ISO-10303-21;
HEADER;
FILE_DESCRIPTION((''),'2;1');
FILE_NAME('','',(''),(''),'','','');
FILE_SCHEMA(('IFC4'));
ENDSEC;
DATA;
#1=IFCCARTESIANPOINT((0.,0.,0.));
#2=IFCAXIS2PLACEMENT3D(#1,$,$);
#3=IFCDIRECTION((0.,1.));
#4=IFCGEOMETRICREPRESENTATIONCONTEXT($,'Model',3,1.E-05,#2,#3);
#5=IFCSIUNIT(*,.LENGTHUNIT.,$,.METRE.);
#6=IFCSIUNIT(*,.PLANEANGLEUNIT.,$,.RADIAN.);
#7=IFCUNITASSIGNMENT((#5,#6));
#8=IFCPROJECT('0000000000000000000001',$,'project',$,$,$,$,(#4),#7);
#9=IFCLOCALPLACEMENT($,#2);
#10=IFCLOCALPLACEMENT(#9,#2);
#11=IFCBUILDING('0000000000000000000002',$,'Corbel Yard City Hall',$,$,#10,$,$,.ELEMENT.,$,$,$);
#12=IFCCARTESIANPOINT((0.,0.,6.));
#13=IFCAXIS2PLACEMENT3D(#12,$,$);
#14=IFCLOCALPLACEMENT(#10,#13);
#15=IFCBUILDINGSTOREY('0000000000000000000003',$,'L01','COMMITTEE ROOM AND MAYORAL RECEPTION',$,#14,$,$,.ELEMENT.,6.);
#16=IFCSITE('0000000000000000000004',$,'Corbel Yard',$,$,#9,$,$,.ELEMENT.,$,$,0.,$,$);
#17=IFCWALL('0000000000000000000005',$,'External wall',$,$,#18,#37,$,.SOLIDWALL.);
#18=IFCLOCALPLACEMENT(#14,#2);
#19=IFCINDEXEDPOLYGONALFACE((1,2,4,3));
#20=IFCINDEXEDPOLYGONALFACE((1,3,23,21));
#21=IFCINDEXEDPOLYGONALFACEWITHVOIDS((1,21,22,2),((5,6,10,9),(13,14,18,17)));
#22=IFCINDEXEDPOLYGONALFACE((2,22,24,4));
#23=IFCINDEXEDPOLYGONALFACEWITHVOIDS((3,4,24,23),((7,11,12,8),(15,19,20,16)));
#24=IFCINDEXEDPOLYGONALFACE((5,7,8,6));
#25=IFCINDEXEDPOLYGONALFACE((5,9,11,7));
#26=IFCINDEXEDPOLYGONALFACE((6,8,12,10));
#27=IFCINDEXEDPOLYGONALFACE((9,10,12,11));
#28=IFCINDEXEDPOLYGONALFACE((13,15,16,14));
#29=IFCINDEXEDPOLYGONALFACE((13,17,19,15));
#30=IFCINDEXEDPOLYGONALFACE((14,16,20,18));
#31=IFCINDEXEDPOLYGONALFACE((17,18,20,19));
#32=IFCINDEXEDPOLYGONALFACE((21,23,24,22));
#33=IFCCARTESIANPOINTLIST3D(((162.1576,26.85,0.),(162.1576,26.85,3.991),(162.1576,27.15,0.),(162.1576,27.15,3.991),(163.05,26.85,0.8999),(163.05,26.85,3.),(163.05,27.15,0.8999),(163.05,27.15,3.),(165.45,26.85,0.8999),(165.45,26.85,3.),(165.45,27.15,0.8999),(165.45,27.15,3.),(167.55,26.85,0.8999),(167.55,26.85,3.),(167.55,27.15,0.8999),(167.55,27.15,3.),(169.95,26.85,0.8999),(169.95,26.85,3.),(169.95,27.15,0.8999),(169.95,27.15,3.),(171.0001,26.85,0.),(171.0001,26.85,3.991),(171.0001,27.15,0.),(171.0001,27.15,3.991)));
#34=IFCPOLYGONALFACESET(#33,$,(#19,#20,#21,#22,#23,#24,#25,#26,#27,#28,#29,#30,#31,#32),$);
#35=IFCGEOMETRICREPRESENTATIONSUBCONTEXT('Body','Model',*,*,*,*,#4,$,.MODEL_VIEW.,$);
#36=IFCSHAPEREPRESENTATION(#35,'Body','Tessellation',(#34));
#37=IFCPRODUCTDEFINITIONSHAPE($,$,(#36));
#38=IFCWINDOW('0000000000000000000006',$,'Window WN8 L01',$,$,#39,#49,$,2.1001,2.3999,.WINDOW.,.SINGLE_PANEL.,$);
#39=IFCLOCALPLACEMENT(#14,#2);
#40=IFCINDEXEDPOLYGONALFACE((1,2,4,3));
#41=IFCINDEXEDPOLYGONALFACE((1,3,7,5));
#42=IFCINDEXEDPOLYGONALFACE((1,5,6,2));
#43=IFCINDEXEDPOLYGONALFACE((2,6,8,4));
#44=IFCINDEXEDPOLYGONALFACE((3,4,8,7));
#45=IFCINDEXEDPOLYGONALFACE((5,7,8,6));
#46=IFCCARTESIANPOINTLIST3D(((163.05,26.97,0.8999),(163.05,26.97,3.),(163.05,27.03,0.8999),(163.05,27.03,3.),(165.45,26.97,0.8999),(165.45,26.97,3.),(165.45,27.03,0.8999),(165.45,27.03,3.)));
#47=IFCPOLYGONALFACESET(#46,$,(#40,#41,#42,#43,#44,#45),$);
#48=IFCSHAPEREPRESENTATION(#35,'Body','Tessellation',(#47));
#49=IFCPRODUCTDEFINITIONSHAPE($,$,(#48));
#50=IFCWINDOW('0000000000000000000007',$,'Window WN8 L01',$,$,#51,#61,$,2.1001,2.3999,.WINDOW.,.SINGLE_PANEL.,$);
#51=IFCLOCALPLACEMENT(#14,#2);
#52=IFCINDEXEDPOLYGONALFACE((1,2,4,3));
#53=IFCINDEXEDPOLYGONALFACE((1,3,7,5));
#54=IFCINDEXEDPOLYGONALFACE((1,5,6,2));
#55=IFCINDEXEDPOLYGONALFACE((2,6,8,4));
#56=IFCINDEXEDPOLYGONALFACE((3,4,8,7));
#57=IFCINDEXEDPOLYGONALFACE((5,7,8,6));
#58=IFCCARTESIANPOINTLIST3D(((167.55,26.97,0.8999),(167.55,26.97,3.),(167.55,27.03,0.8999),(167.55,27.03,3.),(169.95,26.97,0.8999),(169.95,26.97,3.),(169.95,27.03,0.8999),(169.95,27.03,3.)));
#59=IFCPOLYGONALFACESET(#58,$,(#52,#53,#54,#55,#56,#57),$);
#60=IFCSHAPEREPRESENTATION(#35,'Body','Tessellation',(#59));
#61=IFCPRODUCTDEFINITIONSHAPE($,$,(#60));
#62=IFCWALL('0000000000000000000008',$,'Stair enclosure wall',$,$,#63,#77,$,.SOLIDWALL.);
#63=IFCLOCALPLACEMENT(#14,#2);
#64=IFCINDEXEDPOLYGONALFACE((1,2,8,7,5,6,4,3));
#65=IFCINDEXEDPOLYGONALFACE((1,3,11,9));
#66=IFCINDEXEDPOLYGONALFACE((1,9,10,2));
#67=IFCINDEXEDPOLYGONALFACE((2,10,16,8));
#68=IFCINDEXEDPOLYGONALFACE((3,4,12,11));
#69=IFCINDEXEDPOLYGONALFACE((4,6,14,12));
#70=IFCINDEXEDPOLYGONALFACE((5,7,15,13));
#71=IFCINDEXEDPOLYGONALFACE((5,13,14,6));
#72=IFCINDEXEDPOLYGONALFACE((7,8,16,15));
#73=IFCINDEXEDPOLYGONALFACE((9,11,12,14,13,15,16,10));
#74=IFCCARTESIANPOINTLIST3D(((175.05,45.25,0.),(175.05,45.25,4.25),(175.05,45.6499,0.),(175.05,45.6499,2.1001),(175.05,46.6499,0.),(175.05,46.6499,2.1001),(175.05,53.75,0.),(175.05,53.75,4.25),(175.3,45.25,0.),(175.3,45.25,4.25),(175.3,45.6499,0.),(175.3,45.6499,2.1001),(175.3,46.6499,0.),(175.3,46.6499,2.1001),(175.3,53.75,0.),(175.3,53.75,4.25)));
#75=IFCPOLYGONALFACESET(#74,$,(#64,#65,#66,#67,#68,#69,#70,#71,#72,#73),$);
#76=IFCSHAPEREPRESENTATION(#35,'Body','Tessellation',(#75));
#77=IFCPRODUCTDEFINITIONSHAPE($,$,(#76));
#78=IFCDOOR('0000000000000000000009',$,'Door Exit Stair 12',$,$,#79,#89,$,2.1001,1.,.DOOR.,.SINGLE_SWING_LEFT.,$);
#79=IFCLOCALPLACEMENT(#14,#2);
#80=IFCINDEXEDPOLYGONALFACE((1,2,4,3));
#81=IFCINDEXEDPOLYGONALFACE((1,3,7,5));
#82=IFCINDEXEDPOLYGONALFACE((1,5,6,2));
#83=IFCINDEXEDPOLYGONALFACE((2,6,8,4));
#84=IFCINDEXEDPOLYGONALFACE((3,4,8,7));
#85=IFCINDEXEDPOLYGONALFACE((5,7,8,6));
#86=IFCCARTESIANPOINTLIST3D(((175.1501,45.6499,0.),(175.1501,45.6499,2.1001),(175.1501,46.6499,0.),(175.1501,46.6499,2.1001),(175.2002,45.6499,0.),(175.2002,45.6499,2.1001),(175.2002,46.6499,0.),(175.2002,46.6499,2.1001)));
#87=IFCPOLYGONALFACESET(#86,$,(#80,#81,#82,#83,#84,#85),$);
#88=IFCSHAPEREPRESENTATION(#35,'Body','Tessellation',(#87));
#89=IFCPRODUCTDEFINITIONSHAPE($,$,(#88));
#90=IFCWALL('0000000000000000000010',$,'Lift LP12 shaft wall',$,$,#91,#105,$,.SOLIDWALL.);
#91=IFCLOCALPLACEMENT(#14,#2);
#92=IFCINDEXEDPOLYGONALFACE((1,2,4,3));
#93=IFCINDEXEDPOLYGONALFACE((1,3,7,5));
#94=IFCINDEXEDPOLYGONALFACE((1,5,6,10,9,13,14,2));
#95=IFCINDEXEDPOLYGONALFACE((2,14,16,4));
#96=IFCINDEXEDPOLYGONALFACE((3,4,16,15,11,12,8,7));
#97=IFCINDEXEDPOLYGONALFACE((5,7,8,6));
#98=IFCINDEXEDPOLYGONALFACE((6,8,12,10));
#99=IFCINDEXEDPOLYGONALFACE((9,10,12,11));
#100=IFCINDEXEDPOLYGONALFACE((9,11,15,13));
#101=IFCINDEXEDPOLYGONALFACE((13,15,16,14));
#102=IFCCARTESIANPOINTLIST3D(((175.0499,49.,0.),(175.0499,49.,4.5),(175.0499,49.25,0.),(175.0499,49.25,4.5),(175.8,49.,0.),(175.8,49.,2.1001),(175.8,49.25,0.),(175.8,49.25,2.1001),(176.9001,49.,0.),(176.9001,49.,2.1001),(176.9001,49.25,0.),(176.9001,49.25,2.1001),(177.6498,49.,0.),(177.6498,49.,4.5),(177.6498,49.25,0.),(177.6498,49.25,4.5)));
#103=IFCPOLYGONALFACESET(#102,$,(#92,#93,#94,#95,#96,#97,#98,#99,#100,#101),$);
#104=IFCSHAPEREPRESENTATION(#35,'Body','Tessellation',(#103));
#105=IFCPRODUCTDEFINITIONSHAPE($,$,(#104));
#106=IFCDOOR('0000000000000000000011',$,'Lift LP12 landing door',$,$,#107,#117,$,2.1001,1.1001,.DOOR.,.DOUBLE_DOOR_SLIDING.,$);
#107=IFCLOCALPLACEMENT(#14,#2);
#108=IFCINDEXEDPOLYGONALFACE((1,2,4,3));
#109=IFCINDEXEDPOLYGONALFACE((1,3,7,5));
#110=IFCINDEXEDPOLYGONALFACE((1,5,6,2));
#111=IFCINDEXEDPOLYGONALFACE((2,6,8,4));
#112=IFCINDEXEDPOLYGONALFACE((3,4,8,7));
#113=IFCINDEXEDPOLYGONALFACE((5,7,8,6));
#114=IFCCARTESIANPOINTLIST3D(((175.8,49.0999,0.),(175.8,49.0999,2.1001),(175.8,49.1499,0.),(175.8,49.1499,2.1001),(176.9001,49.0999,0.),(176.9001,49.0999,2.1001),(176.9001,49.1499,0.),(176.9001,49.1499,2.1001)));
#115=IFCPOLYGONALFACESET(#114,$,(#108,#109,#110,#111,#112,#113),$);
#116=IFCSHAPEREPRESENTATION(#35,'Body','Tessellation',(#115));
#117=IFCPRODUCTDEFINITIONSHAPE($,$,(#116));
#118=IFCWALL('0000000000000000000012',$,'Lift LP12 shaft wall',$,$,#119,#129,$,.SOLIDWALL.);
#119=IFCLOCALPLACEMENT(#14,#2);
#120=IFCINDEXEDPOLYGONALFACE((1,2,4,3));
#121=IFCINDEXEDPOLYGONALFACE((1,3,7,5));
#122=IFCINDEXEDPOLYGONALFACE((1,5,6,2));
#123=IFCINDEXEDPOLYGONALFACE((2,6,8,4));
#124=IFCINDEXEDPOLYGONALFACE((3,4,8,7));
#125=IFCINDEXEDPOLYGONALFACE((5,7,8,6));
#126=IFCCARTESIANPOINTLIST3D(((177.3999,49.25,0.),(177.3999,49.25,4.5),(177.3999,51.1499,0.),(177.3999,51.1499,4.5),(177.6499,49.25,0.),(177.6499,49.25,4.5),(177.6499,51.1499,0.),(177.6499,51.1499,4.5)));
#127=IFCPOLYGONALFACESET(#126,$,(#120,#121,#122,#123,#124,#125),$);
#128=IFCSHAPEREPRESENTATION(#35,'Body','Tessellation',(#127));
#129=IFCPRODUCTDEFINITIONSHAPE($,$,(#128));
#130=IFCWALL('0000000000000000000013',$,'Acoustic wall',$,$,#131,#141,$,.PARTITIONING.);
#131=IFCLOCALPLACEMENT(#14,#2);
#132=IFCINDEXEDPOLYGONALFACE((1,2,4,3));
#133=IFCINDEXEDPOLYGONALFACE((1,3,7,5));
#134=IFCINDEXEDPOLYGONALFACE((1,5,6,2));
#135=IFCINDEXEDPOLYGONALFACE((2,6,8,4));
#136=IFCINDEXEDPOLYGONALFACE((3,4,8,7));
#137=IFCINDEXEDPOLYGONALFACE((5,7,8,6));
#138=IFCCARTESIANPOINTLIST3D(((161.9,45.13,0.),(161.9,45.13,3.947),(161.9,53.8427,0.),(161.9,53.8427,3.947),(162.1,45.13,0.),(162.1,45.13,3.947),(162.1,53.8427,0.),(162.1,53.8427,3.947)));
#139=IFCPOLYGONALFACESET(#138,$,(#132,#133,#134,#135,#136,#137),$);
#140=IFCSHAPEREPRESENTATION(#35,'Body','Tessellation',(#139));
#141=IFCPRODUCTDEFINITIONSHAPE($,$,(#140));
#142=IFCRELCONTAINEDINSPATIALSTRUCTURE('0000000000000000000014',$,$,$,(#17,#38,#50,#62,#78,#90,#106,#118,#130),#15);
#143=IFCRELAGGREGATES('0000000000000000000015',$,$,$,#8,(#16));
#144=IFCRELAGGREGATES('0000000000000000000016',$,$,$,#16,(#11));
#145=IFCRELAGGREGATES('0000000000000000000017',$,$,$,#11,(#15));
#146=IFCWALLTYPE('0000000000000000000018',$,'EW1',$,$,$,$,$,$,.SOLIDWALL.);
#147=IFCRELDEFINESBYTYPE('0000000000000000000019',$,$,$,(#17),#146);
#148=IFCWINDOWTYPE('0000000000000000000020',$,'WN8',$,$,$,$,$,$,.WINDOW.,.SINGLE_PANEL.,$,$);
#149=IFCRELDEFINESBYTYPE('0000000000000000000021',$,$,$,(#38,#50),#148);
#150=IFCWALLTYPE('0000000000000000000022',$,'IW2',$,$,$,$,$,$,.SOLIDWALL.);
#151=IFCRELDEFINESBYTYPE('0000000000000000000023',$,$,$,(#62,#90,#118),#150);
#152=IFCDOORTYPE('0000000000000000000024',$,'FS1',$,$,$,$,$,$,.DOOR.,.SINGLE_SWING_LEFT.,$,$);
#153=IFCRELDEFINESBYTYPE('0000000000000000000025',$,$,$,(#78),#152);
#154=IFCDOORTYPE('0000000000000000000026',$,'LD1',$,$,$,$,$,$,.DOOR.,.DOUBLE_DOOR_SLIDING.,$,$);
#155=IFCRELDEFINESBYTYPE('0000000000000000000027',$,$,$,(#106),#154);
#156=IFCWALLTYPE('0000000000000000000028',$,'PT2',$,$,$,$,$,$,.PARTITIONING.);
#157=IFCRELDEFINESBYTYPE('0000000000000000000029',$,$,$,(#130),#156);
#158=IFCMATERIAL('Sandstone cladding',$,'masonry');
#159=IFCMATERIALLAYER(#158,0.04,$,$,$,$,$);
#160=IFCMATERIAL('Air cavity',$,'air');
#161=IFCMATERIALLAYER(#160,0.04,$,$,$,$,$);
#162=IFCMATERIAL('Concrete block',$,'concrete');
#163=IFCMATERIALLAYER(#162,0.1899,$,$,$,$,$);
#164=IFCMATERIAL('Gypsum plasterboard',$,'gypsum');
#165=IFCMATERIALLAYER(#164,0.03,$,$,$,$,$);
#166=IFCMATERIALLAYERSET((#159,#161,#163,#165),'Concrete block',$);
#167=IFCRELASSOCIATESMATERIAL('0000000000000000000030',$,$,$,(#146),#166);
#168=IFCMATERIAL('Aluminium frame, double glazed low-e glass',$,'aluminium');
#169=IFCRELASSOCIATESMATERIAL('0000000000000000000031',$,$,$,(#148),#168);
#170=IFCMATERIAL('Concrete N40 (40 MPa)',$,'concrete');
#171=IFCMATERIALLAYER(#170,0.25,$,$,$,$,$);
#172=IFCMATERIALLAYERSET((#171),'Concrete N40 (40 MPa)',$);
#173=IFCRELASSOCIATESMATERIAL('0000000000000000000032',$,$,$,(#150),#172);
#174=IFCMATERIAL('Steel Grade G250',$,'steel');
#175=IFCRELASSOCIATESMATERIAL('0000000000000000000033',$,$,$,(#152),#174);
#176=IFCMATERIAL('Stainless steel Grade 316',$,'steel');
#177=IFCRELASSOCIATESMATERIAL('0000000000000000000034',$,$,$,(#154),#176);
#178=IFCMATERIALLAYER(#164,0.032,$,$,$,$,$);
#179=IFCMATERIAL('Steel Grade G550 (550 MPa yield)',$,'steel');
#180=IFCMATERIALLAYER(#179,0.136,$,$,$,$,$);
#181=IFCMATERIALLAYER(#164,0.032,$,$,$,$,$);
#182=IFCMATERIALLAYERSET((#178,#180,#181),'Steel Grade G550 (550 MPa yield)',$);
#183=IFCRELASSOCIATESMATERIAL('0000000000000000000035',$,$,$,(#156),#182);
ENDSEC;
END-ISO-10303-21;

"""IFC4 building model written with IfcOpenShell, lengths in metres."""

from ifc_helpers import new_model, si_unit, direction, frame, frame_2d, origin, place, context, subcontext, project, spatial, rectangle, extrude, material, layer, layer_set, type_object, element, fill, save


model = new_model("IFC4")

# Units and contexts
model_context = context("Model", 3, precision=1e-05, world=origin(), true_north=direction((0.0, 1.0)))
body_context = subcontext(model_context, "Body", "Model", "MODEL_VIEW")
ifc_project = project(units=[si_unit("LENGTHUNIT", "METRE"), si_unit("PLANEANGLEUNIT", "RADIAN")], contexts=[model_context])

# Site, building, storey
site_placement = place(None, origin())
site = spatial("IfcSite", under=ifc_project, at=site_placement, Name="Corbel Yard", CompositionType="ELEMENT", RefElevation=0.0)
building_placement = place(site_placement, origin())
building = spatial("IfcBuilding", under=site, at=building_placement, Name="Corbel Yard City Hall", CompositionType="ELEMENT")
storey_placement = place(building_placement, frame((0.0, 0.0, 6.0)))
storey = spatial("IfcBuildingStorey", under=building, at=storey_placement, Name="L01", Description="COMMITTEE ROOM AND MAYORAL RECEPTION", CompositionType="ELEMENT", Elevation=6.0)

# Wall, openings, windows
ifc_material_1 = material(Name="Sandstone cladding", Category="masonry")
ifc_layer_1 = layer(ifc_material_1, 0.04)
ifc_material_2 = material(Name="Air cavity", Category="air")
ifc_layer_2 = layer(ifc_material_2, 0.04)
ifc_material_3 = material(Name="Concrete block", Category="concrete")
ifc_layer_3 = layer(ifc_material_3, 0.1899)
ifc_material_4 = material(Name="Gypsum plasterboard", Category="gypsum")
ifc_layer_4 = layer(ifc_material_4, 0.03)
ifc_layer_set_1 = layer_set([ifc_layer_1, ifc_layer_2, ifc_layer_3, ifc_layer_4], Name="Concrete block")
wall_type_1 = type_object("IfcWallType", Name="EW1", PredefinedType="SOLIDWALL", material=ifc_layer_set_1)
wall_1_placement = place(storey_placement, frame((162.1575, 27.0, 0.0), z_axis=(0.0, 0.0, 1.0), x_axis=(1.0, 0.0, 0.0)))
wall_1 = element("IfcWall", 1, at=wall_1_placement, inside=storey, type_object=wall_type_1, Name="External wall", PredefinedType="SOLIDWALL", context=body_context, shape_type="SweptSolid", body=[
    extrude(rectangle(XDim=8.8425, YDim=0.3, at=frame_2d((4.4214, 0.0))), origin(), (0.0, 0.0, 1.0), 3.991),
])
opening_1_placement = place(wall_1_placement, frame((0.8926, 0.0, 0.8999)))
opening_1 = element("IfcOpeningElement", 2, at=opening_1_placement, cuts=wall_1, PredefinedType="OPENING", context=body_context, shape_type="SweptSolid", body=[
    extrude(rectangle(XDim=2.3999, YDim=2.1001, at=frame_2d((1.2, 1.05))), frame((0.0, 0.1599, 0.0), z_axis=(0.0, -1.0, 0.0), x_axis=(1.0, 0.0, 0.0)), (0.0, 0.0, 1.0), 0.3201),
])
opening_2_placement = place(wall_1_placement, frame((5.3926, 0.0, 0.8999)))
opening_2 = element("IfcOpeningElement", 3, at=opening_2_placement, cuts=wall_1, PredefinedType="OPENING", context=body_context, shape_type="SweptSolid", body=[
    extrude(rectangle(XDim=2.3999, YDim=2.1001, at=frame_2d((1.2, 1.05))), frame((0.0, 0.1599, 0.0), z_axis=(0.0, -1.0, 0.0), x_axis=(1.0, 0.0, 0.0)), (0.0, 0.0, 1.0), 0.3201),
])
ifc_material_5 = material(Name="Aluminium frame, double glazed low-e glass", Category="aluminium")
window_type = type_object("IfcWindowType", Name="WN8", PartitioningType="SINGLE_PANEL", PredefinedType="WINDOW", material=ifc_material_5)
window_1_placement = place(opening_1_placement, origin())
window_1 = element("IfcWindow", 4, at=window_1_placement, inside=storey, type_object=window_type, Name="Window WN8 L01", OverallHeight=2.1001, OverallWidth=2.3999, PartitioningType="SINGLE_PANEL", PredefinedType="WINDOW", context=body_context, shape_type="SweptSolid", body=[
    extrude(rectangle(XDim=2.3999, YDim=2.1001, at=frame_2d((1.2, 1.05))), frame((0.0, 0.03, 0.0), z_axis=(0.0, -1.0, 0.0), x_axis=(1.0, 0.0, 0.0)), (0.0, 0.0, 1.0), 0.0601),
])
fill(opening_1, window_1)
window_2_placement = place(opening_2_placement, origin())
window_2 = element("IfcWindow", 5, at=window_2_placement, inside=storey, type_object=window_type, Name="Window WN8 L01", OverallHeight=2.1001, OverallWidth=2.3999, PartitioningType="SINGLE_PANEL", PredefinedType="WINDOW", context=body_context, shape_type="SweptSolid", body=[
    extrude(rectangle(XDim=2.3999, YDim=2.1001, at=frame_2d((1.2, 1.05))), frame((0.0, 0.03, 0.0), z_axis=(0.0, -1.0, 0.0), x_axis=(1.0, 0.0, 0.0)), (0.0, 0.0, 1.0), 0.0601),
])
fill(opening_2, window_2)

# Walls, openings, doors
ifc_material_6 = material(Name="Concrete N40 (40 MPa)", Category="concrete")
ifc_layer_5 = layer(ifc_material_6, 0.25)
ifc_layer_set_2 = layer_set([ifc_layer_5], Name="Concrete N40 (40 MPa)")
wall_type_2 = type_object("IfcWallType", Name="IW2", PredefinedType="SOLIDWALL", material=ifc_layer_set_2)
wall_2_placement = place(storey_placement, frame((175.175, 45.25, 0.0), z_axis=(0.0, 0.0, 1.0), x_axis=(0.0, 1.0, 0.0)))
wall_2 = element("IfcWall", 6, at=wall_2_placement, inside=storey, type_object=wall_type_2, Name="Stair enclosure wall", PredefinedType="SOLIDWALL", context=body_context, shape_type="SweptSolid", body=[
    extrude(rectangle(XDim=8.5, YDim=0.25, at=frame_2d((4.25, 0.0))), origin(), (0.0, 0.0, 1.0), 4.25),
])
opening_3_placement = place(wall_2_placement, frame((0.3999, 0.0, 0.0)))
opening_3 = element("IfcOpeningElement", 7, at=opening_3_placement, cuts=wall_2, PredefinedType="OPENING", context=body_context, shape_type="SweptSolid", body=[
    extrude(rectangle(XDim=1.0, YDim=2.1001, at=frame_2d((0.5, 1.05))), frame((0.0, 0.135, 0.0), z_axis=(0.0, -1.0, 0.0), x_axis=(1.0, 0.0, 0.0)), (0.0, 0.0, 1.0), 0.27),
])
ifc_material_7 = material(Name="Steel Grade G250", Category="steel")
door_type_1 = type_object("IfcDoorType", Name="FS1", OperationType="SINGLE_SWING_LEFT", PredefinedType="DOOR", material=ifc_material_7)
door_1_placement = place(opening_3_placement, origin())
door_1 = element("IfcDoor", 8, at=door_1_placement, inside=storey, type_object=door_type_1, Name="Door Exit Stair 12", OperationType="SINGLE_SWING_LEFT", OverallHeight=2.1001, OverallWidth=1.0, PredefinedType="DOOR", context=body_context, shape_type="SweptSolid", body=[
    extrude(rectangle(XDim=1.0, YDim=2.1001, at=frame_2d((0.5, 1.05))), frame((0.0, 0.0249, 0.0), z_axis=(0.0, -1.0, 0.0), x_axis=(1.0, 0.0, 0.0)), (0.0, 0.0, 1.0), 0.05),
])
fill(opening_3, door_1)
wall_3_placement = place(storey_placement, frame((175.05, 49.125, 0.0), z_axis=(0.0, 0.0, 1.0), x_axis=(1.0, 0.0, 0.0)))
wall_3 = element("IfcWall", 9, at=wall_3_placement, inside=storey, type_object=wall_type_2, Name="Lift LP12 shaft wall", PredefinedType="SOLIDWALL", context=body_context, shape_type="SweptSolid", body=[
    extrude(rectangle(XDim=2.5999, YDim=0.25, at=frame_2d((1.2998, 0.0))), origin(), (0.0, 0.0, 1.0), 4.5),
])
opening_4_placement = place(wall_3_placement, frame((0.75, 0.0, 0.0)))
opening_4 = element("IfcOpeningElement", 10, at=opening_4_placement, cuts=wall_3, PredefinedType="OPENING", context=body_context, shape_type="SweptSolid", body=[
    extrude(rectangle(XDim=1.1001, YDim=2.1001, at=frame_2d((0.55, 1.05))), frame((0.0, 0.135, 0.0), z_axis=(0.0, -1.0, 0.0), x_axis=(1.0, 0.0, 0.0)), (0.0, 0.0, 1.0), 0.27),
])
ifc_material_8 = material(Name="Stainless steel Grade 316", Category="steel")
door_type_2 = type_object("IfcDoorType", Name="LD1", OperationType="DOUBLE_DOOR_SLIDING", PredefinedType="DOOR", material=ifc_material_8)
door_2_placement = place(opening_4_placement, origin())
door_2 = element("IfcDoor", 11, at=door_2_placement, inside=storey, type_object=door_type_2, Name="Lift LP12 landing door", OperationType="DOUBLE_DOOR_SLIDING", OverallHeight=2.1001, OverallWidth=1.1001, PredefinedType="DOOR", context=body_context, shape_type="SweptSolid", body=[
    extrude(rectangle(XDim=1.1001, YDim=2.1001, at=frame_2d((0.55, 1.05))), frame((0.0, 0.0249, 0.0), z_axis=(0.0, -1.0, 0.0), x_axis=(1.0, 0.0, 0.0)), (0.0, 0.0, 1.0), 0.05),
])
fill(opening_4, door_2)

# Walls
wall_4_placement = place(storey_placement, frame((177.5249, 49.25, 0.0), z_axis=(0.0, 0.0, 1.0), x_axis=(0.0, 1.0, 0.0)))
element("IfcWall", 12, at=wall_4_placement, inside=storey, type_object=wall_type_2, Name="Lift LP12 shaft wall", PredefinedType="SOLIDWALL", context=body_context, shape_type="SweptSolid", body=[
    extrude(rectangle(XDim=1.8999, YDim=0.25, at=frame_2d((0.95, 0.0))), origin(), (0.0, 0.0, 1.0), 4.5),
])
ifc_layer_6 = layer(ifc_material_4, 0.032)
ifc_material_9 = material(Name="Steel Grade G550 (550 MPa yield)", Category="steel")
ifc_layer_7 = layer(ifc_material_9, 0.136)
ifc_layer_8 = layer(ifc_material_4, 0.032)
ifc_layer_set_3 = layer_set([ifc_layer_6, ifc_layer_7, ifc_layer_8], Name="Steel Grade G550 (550 MPa yield)")
wall_type_3 = type_object("IfcWallType", Name="PT2", PredefinedType="PARTITIONING", material=ifc_layer_set_3)
wall_5_placement = place(storey_placement, frame((162.0, 45.1299, 0.0), z_axis=(0.0, 0.0, 1.0), x_axis=(0.0, 1.0, 0.0)))
element("IfcWall", 13, at=wall_5_placement, inside=storey, type_object=wall_type_3, Name="Acoustic wall", PredefinedType="PARTITIONING", context=body_context, shape_type="SweptSolid", body=[
    extrude(rectangle(XDim=8.7126, YDim=0.2, at=frame_2d((4.3564, 0.0))), origin(), (0.0, 0.0, 1.0), 3.947),
])

save(model, "model.ifc")
